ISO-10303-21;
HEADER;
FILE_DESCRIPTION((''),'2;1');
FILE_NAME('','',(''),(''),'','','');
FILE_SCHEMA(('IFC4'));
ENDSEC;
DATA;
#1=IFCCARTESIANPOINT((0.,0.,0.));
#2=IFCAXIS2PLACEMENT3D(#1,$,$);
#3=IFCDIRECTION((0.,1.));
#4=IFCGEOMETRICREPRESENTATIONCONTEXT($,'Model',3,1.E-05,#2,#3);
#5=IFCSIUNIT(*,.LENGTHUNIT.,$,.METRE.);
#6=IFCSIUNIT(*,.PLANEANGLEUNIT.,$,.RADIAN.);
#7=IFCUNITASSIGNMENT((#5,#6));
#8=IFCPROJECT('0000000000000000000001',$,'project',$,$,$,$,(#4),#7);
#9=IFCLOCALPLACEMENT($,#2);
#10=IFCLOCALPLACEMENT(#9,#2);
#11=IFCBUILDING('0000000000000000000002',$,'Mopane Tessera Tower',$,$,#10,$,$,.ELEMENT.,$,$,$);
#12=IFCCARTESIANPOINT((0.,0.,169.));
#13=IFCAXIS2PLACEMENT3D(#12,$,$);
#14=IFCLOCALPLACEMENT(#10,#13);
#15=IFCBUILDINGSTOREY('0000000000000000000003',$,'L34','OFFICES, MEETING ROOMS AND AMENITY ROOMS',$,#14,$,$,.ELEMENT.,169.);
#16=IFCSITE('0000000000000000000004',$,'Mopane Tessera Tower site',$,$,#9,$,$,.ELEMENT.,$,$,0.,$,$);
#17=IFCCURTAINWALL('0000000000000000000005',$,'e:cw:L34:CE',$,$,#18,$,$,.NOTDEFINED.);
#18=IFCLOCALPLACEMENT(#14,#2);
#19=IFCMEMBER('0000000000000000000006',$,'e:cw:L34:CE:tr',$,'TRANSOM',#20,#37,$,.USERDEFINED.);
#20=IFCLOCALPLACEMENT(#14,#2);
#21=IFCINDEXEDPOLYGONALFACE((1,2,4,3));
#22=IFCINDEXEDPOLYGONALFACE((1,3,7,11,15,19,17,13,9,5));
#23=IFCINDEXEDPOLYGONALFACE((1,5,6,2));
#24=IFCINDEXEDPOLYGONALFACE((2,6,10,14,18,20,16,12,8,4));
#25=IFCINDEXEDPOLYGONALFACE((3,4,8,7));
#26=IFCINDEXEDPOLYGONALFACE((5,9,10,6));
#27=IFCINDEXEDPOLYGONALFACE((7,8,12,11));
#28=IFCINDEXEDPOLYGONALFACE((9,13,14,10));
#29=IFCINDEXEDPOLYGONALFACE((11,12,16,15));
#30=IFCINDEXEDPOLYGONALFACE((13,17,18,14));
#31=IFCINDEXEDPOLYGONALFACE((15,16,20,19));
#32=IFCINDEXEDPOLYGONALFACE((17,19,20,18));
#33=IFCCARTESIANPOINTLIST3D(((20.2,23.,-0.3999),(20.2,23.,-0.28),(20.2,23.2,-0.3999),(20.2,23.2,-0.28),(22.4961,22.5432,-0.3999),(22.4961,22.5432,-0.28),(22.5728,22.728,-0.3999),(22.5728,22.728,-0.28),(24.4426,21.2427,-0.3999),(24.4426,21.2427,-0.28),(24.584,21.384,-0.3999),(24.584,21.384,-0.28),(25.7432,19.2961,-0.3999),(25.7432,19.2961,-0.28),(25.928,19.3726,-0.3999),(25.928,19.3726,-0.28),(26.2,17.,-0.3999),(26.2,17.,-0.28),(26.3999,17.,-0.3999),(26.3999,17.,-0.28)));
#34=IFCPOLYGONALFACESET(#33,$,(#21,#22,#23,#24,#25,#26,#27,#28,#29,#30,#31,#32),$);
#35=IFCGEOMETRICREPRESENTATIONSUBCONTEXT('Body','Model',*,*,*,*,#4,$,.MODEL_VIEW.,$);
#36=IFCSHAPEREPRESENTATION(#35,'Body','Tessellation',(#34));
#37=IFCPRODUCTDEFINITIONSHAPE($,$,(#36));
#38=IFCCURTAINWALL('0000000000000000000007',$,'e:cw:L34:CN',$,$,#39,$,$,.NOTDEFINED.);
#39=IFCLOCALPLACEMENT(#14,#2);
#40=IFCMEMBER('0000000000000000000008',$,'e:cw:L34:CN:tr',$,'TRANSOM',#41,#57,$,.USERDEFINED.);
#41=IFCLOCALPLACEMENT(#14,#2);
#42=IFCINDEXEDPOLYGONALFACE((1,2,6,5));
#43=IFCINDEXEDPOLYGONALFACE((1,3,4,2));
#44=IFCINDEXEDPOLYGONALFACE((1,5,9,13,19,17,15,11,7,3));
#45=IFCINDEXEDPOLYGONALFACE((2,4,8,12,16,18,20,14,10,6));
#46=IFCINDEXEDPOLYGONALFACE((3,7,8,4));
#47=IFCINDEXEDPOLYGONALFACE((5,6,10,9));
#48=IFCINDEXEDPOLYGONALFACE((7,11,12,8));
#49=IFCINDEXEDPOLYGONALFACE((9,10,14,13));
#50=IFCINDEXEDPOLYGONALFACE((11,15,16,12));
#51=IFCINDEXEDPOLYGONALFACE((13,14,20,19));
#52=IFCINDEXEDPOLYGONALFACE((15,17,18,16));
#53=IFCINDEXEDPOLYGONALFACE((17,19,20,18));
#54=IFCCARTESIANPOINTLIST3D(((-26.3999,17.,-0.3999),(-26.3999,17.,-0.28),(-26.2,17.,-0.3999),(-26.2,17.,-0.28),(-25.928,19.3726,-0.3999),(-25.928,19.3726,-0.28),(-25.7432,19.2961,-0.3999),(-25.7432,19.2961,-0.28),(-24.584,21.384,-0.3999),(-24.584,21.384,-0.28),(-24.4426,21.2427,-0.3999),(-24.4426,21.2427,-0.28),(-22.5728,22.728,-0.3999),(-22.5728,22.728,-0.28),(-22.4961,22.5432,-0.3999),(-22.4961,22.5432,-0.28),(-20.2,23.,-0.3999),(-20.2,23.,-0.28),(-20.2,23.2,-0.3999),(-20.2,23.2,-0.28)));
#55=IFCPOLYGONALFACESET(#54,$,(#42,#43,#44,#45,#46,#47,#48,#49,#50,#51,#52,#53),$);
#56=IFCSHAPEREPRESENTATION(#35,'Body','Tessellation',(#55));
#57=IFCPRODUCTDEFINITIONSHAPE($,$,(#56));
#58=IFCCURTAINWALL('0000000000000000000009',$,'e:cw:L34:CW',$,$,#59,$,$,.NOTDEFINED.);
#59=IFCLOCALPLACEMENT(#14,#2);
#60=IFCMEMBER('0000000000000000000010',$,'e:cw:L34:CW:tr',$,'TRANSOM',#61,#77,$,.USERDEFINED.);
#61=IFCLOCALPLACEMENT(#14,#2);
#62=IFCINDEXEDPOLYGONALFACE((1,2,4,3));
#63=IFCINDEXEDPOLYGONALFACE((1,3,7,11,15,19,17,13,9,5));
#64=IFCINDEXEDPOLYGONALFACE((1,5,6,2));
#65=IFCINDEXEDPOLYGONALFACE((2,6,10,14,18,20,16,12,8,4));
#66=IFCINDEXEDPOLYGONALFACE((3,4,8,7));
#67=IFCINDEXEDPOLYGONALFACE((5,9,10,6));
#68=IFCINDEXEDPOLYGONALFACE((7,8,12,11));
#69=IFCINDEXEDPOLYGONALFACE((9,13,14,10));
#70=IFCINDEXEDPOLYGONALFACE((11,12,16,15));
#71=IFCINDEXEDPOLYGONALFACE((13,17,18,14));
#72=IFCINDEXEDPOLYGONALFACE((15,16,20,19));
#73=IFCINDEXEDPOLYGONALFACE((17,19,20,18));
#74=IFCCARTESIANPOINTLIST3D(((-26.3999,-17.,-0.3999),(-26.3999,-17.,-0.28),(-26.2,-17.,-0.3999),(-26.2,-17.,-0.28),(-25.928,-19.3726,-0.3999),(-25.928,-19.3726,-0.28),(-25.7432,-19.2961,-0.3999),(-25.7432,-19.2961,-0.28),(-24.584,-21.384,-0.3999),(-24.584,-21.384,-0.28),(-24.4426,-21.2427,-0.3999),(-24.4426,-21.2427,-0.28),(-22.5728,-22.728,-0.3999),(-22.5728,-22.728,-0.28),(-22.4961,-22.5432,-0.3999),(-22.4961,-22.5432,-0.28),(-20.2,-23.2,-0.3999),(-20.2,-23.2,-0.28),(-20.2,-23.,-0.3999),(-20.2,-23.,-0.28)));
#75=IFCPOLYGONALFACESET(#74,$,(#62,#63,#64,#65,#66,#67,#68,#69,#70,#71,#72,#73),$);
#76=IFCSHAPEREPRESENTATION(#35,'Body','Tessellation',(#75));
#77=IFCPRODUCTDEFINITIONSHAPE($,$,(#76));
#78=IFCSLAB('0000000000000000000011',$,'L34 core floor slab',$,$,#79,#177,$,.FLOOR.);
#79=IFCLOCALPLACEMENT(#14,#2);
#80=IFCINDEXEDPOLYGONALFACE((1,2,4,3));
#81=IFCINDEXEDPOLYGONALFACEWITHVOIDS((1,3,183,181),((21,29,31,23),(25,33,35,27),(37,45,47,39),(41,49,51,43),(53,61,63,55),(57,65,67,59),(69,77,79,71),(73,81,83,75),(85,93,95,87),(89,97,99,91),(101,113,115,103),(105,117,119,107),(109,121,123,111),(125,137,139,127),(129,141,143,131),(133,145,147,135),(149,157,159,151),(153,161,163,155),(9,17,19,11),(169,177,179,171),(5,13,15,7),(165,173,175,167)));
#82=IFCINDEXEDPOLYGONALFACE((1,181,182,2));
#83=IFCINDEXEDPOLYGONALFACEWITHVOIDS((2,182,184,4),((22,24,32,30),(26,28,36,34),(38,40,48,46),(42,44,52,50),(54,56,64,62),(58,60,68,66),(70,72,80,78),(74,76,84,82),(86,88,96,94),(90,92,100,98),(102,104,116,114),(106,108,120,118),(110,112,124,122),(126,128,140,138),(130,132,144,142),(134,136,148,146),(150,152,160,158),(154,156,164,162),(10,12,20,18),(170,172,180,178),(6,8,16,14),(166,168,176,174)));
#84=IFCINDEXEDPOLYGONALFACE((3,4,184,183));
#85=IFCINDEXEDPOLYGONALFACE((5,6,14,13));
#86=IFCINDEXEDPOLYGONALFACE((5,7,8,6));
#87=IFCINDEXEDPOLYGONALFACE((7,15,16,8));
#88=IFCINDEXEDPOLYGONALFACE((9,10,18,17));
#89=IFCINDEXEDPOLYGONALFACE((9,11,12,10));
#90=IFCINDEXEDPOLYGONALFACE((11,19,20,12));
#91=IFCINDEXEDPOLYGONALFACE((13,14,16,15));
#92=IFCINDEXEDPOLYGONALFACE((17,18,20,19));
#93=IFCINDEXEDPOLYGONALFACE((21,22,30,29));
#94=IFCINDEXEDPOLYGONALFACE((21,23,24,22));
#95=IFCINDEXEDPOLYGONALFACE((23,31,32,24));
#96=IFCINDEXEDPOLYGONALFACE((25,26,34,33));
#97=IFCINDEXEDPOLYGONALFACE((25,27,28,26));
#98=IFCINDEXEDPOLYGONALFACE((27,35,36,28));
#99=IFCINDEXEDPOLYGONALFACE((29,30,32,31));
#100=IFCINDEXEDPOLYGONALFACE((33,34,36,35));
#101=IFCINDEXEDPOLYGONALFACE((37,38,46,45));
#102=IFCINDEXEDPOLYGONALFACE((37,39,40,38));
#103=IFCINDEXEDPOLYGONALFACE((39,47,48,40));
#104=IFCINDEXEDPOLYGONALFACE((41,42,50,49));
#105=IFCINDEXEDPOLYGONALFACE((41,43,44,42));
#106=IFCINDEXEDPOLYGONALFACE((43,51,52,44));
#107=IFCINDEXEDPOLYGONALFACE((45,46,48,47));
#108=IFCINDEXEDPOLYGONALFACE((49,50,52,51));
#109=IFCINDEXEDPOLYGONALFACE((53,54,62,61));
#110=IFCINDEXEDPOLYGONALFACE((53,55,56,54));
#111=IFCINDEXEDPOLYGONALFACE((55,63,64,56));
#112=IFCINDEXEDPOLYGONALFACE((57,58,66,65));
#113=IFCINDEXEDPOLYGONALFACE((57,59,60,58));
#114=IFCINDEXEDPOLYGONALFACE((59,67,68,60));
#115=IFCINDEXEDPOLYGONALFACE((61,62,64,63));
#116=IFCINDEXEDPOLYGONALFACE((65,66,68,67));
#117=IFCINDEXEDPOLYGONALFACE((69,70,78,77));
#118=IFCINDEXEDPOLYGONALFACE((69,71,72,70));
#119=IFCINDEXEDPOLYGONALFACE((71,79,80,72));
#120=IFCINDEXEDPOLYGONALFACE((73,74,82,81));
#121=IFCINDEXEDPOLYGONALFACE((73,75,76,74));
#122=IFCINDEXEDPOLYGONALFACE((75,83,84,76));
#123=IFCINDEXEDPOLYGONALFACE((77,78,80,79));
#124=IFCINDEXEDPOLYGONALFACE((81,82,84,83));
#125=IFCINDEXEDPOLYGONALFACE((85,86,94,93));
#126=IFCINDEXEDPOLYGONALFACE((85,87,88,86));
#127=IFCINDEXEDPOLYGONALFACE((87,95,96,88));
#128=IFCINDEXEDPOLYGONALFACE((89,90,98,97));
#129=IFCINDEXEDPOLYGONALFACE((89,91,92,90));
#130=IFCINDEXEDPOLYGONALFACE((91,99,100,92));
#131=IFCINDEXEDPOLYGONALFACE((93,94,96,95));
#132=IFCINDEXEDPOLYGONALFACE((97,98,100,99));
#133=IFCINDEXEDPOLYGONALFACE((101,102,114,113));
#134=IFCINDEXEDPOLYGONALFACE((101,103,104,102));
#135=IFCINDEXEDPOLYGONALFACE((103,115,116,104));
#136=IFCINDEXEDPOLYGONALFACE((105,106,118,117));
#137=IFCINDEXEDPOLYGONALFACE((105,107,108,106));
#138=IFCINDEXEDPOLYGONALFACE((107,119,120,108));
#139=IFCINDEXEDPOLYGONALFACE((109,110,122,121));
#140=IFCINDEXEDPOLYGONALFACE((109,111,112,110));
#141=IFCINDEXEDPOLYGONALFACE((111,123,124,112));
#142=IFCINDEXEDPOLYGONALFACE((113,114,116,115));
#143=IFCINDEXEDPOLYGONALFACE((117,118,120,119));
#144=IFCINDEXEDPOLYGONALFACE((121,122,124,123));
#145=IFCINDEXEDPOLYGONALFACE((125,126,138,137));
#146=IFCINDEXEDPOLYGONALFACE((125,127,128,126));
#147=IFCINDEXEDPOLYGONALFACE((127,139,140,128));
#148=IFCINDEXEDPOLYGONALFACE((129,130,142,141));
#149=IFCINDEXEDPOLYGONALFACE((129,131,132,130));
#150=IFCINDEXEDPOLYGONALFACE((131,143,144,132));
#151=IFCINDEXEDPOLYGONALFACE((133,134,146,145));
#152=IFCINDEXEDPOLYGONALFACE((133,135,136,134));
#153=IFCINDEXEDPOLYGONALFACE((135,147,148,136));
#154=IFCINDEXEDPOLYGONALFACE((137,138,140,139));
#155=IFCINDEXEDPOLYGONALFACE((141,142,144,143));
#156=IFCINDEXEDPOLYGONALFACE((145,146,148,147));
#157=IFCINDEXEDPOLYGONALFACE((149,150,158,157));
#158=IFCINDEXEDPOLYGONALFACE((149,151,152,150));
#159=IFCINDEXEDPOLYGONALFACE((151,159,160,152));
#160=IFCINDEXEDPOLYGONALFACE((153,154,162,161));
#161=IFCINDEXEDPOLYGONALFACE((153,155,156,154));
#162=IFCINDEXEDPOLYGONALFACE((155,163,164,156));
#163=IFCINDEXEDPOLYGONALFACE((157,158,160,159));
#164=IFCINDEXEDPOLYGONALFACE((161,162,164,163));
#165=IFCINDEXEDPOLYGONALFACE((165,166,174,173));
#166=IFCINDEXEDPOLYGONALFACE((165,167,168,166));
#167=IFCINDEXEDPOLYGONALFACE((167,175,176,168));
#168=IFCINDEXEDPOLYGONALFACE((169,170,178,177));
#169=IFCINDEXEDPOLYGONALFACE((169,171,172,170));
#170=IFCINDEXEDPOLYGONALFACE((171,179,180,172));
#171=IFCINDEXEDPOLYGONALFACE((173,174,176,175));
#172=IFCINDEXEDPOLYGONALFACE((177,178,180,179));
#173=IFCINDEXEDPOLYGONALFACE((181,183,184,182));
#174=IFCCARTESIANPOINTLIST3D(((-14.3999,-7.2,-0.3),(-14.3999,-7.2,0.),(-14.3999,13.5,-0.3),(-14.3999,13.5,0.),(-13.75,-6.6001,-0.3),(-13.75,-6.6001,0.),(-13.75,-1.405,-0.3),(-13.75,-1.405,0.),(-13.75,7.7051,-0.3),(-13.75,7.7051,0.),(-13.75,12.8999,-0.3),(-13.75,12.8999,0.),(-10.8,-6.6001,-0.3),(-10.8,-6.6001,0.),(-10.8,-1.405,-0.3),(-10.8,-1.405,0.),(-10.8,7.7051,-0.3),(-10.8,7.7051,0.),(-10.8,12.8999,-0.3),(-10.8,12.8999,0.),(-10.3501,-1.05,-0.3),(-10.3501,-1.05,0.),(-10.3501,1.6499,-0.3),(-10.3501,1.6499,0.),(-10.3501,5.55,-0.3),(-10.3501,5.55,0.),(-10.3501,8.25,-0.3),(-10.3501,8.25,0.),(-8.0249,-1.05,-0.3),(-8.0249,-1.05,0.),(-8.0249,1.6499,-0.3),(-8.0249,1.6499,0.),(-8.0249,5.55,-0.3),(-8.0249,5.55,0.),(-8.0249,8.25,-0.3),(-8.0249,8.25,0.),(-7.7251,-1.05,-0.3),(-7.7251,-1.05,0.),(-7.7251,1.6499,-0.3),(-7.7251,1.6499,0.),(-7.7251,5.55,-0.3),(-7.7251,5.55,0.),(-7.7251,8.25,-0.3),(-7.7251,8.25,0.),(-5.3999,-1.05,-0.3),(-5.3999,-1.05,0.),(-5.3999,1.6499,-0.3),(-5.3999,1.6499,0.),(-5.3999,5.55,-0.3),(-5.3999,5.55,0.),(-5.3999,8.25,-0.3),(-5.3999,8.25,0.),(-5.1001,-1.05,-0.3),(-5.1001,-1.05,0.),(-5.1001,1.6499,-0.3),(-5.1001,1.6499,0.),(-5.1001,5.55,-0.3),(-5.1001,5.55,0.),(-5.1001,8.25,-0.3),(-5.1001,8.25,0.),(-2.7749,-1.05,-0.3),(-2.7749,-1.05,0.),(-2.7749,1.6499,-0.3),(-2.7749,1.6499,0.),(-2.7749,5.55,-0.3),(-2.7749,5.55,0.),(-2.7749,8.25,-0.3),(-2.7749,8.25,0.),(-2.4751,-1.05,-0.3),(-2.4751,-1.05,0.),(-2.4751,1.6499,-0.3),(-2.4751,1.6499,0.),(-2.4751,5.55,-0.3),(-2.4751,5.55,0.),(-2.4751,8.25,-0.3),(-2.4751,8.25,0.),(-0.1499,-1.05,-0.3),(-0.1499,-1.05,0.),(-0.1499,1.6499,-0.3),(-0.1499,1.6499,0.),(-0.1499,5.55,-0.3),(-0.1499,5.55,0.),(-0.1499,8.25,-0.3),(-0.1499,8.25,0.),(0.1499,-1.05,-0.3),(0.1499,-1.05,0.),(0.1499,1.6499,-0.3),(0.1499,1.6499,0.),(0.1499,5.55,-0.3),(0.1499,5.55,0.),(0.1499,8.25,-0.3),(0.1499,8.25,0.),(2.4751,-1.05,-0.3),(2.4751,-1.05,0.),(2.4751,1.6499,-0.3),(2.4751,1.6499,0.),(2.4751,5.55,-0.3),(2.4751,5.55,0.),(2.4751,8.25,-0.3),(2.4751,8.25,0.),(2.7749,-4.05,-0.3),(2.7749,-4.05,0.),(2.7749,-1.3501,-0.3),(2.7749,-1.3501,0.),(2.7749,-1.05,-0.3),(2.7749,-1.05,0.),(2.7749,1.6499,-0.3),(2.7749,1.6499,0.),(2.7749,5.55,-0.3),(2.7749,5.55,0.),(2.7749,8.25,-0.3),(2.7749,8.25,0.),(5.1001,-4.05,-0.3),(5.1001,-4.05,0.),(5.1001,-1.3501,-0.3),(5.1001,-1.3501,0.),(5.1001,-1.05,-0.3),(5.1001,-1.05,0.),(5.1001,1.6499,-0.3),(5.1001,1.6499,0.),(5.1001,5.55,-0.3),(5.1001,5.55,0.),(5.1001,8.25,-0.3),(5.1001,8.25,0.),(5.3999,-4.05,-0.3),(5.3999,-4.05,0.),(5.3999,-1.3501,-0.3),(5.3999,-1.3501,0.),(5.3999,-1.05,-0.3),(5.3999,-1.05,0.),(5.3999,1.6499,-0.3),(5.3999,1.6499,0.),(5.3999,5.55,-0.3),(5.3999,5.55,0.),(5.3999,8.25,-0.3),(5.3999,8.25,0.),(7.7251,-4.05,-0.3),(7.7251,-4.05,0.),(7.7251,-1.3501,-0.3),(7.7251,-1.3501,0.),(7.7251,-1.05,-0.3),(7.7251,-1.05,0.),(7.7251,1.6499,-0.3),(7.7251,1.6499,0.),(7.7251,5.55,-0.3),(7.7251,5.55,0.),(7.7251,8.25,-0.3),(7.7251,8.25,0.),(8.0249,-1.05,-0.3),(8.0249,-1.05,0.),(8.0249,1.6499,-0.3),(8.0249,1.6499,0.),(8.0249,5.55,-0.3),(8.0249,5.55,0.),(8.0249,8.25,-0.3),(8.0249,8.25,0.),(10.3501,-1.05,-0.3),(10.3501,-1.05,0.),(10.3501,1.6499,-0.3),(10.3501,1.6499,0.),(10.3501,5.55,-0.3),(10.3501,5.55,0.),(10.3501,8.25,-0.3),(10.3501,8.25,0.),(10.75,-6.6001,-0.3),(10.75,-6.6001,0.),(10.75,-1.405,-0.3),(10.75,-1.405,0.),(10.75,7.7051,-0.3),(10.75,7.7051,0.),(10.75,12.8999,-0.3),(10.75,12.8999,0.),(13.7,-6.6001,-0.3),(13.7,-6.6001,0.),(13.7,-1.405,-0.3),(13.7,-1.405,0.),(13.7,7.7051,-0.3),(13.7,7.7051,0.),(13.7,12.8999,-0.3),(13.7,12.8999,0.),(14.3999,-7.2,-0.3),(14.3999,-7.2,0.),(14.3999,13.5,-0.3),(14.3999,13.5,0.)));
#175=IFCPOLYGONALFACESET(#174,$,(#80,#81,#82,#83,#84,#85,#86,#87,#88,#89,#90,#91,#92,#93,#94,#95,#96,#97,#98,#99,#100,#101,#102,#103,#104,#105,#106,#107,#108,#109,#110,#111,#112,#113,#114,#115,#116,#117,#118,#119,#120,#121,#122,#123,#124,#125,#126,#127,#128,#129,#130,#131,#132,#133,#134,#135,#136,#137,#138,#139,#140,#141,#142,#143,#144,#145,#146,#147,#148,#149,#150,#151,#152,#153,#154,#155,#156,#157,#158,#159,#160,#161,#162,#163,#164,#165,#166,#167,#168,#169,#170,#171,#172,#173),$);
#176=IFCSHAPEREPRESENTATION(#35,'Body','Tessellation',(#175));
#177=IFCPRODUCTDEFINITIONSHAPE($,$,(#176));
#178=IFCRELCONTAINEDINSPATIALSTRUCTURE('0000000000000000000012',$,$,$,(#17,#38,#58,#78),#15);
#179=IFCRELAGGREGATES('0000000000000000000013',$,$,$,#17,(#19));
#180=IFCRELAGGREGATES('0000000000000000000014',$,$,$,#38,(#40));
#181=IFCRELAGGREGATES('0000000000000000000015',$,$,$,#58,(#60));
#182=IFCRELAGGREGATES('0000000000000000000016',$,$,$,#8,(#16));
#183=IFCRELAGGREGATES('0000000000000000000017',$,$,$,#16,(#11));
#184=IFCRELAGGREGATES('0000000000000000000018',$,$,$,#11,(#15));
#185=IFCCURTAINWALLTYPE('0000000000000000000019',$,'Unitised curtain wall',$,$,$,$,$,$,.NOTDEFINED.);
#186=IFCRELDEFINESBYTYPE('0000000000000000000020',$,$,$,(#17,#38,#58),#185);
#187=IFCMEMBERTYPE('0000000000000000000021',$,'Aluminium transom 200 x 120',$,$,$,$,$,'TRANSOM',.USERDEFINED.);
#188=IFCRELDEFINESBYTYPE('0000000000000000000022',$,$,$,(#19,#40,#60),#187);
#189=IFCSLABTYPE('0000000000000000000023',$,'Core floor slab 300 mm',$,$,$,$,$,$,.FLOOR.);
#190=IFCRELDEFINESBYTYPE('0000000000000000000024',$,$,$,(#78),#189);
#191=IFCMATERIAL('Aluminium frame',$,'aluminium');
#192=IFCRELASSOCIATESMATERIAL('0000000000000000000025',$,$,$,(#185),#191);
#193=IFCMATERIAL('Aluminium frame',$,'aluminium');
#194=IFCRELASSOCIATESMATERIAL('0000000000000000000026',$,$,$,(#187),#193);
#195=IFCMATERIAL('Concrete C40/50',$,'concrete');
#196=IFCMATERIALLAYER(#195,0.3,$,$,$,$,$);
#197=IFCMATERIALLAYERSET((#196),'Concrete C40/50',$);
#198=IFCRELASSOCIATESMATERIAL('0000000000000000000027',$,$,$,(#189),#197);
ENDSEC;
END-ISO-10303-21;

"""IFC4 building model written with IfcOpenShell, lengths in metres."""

from ifc_helpers import new_model, si_unit, direction, frame, origin, origin_2d, place, context, subcontext, project, spatial, polyline, rectangle, outline, extrude, material, layer, layer_set, material_profile, profile_set, type_object, element, aggregate, save


model = new_model("IFC4")

# Units and contexts
model_context = context("Model", 3, precision=1e-05, world=origin(), true_north=direction((0.0, 1.0)))
body_context = subcontext(model_context, "Body", "Model", "MODEL_VIEW")
ifc_project = project(units=[si_unit("LENGTHUNIT", "METRE"), si_unit("PLANEANGLEUNIT", "RADIAN")], contexts=[model_context])

# Site, building, storey
site_placement = place(None, origin())
site = spatial("IfcSite", under=ifc_project, at=site_placement, Name="Mopane Tessera Tower site", CompositionType="ELEMENT", RefElevation=0.0)
building_placement = place(site_placement, origin())
building = spatial("IfcBuilding", under=site, at=building_placement, Name="Mopane Tessera Tower", CompositionType="ELEMENT")
storey_placement = place(building_placement, frame((0.0, 0.0, 169.0)))
storey = spatial("IfcBuildingStorey", under=building, at=storey_placement, Name="L34", Description="OFFICES, MEETING ROOMS AND AMENITY ROOMS", CompositionType="ELEMENT", Elevation=169.0)

# Curtain walls, members
ifc_material_1 = material(Name="Aluminium frame", Category="aluminium")
curtain_wall_type = type_object("IfcCurtainWallType", Name="Unitised curtain wall", PredefinedType="NOTDEFINED", material=ifc_material_1)
curtain_wall_1_placement = place(storey_placement, origin())
curtain_wall_1 = element("IfcCurtainWall", 1, at=curtain_wall_1_placement, inside=storey, type_object=curtain_wall_type, Name="e:cw:L34:CE", PredefinedType="NOTDEFINED")
ifc_material_2 = material(Name="Aluminium frame", Category="aluminium")
ifc_material_profile = material_profile(ifc_material_2, rectangle(XDim=0.2, YDim=0.1201, at=origin_2d()))
ifc_profile_set = profile_set([ifc_material_profile], Name="Aluminium frame")
member_type = type_object("IfcMemberType", Name="Aluminium transom 200 x 120", ElementType="TRANSOM", PredefinedType="USERDEFINED", material=ifc_profile_set)
member_1_placement = place(storey_placement, frame((0.0, 0.0, -0.3999)))
member_1 = element("IfcMember", 2, at=member_1_placement, type_object=member_type, Name="e:cw:L34:CE:tr", ObjectType="TRANSOM", PredefinedType="USERDEFINED", context=body_context, shape_type="SweptSolid", body=[
    extrude(outline(polyline([(26.2, 17.0), (25.7432, 19.2961), (24.4426, 21.2427), (22.4961, 22.5432), (20.2, 23.0), (20.2, 23.2), (22.5728, 22.728), (24.584, 21.384), (25.928, 19.3726), (26.3999, 17.0), (26.2, 17.0)])), origin(), (0.0, 0.0, 1.0), 0.1199),
])
curtain_wall_2_placement = place(storey_placement, origin())
curtain_wall_2 = element("IfcCurtainWall", 3, at=curtain_wall_2_placement, inside=storey, type_object=curtain_wall_type, Name="e:cw:L34:CN", PredefinedType="NOTDEFINED")
member_2_placement = place(storey_placement, frame((0.0, 0.0, -0.3999)))
member_2 = element("IfcMember", 4, at=member_2_placement, type_object=member_type, Name="e:cw:L34:CN:tr", ObjectType="TRANSOM", PredefinedType="USERDEFINED", context=body_context, shape_type="SweptSolid", body=[
    extrude(outline(polyline([(-20.2, 23.0), (-22.4961, 22.5432), (-24.4426, 21.2427), (-25.7432, 19.2961), (-26.2, 17.0), (-26.3999, 17.0), (-25.928, 19.3726), (-24.584, 21.384), (-22.5728, 22.728), (-20.2, 23.2), (-20.2, 23.0)])), origin(), (0.0, 0.0, 1.0), 0.1199),
])
curtain_wall_3_placement = place(storey_placement, origin())
curtain_wall_3 = element("IfcCurtainWall", 5, at=curtain_wall_3_placement, inside=storey, type_object=curtain_wall_type, Name="e:cw:L34:CW", PredefinedType="NOTDEFINED")
member_3_placement = place(storey_placement, frame((0.0, 0.0, -0.3999)))
member_3 = element("IfcMember", 6, at=member_3_placement, type_object=member_type, Name="e:cw:L34:CW:tr", ObjectType="TRANSOM", PredefinedType="USERDEFINED", context=body_context, shape_type="SweptSolid", body=[
    extrude(outline(polyline([(-26.2, -17.0), (-25.7432, -19.2961), (-24.4426, -21.2427), (-22.4961, -22.5432), (-20.2, -23.0), (-20.2, -23.2), (-22.5728, -22.728), (-24.584, -21.384), (-25.928, -19.3726), (-26.3999, -17.0), (-26.2, -17.0)])), origin(), (0.0, 0.0, 1.0), 0.1199),
])

# Slab
ifc_material_3 = material(Name="Concrete C40/50", Category="concrete")
ifc_layer_1 = layer(ifc_material_3, 0.3)
ifc_layer_set_1 = layer_set([ifc_layer_1], Name="Concrete C40/50")
slab_type_1 = type_object("IfcSlabType", Name="Core floor slab 300 mm", PredefinedType="FLOOR", material=ifc_layer_set_1)
slab_1_placement = place(storey_placement, frame((0.0, 0.0, -0.3)))
element("IfcSlab", 7, at=slab_1_placement, inside=storey, type_object=slab_type_1, Name="L34 core floor slab", PredefinedType="FLOOR", context=body_context, shape_type="SweptSolid", body=[
    extrude(outline(polyline([(-14.3999, -7.2), (14.3999, -7.2), (14.3999, 13.5), (-14.3999, 13.5), (-14.3999, -7.2)]), holes=[polyline([(-10.3501, -1.05), (-8.0249, -1.05), (-8.0249, 1.6499), (-10.3501, 1.6499), (-10.3501, -1.05)]), polyline([(-7.7251, -1.05), (-5.3999, -1.05), (-5.3999, 1.6499), (-7.7251, 1.6499), (-7.7251, -1.05)]), polyline([(-5.1001, -1.05), (-2.7749, -1.05), (-2.7749, 1.6499), (-5.1001, 1.6499), (-5.1001, -1.05)]), polyline([(-2.4751, -1.05), (-0.1499, -1.05), (-0.1499, 1.6499), (-2.4751, 1.6499), (-2.4751, -1.05)]), polyline([(0.1499, -1.05), (2.4751, -1.05), (2.4751, 1.6499), (0.1499, 1.6499), (0.1499, -1.05)]), polyline([(2.7749, -1.05), (5.1001, -1.05), (5.1001, 1.6499), (2.7749, 1.6499), (2.7749, -1.05)]), polyline([(5.3999, -1.05), (7.7251, -1.05), (7.7251, 1.6499), (5.3999, 1.6499), (5.3999, -1.05)]), polyline([(8.0249, -1.05), (10.3501, -1.05), (10.3501, 1.6499), (8.0249, 1.6499), (8.0249, -1.05)]), polyline([(-10.3501, 5.55), (-8.0249, 5.55), (-8.0249, 8.25), (-10.3501, 8.25), (-10.3501, 5.55)]), polyline([(-7.7251, 5.55), (-5.3999, 5.55), (-5.3999, 8.25), (-7.7251, 8.25), (-7.7251, 5.55)]), polyline([(-5.1001, 5.55), (-2.7749, 5.55), (-2.7749, 8.25), (-5.1001, 8.25), (-5.1001, 5.55)]), polyline([(-2.4751, 5.55), (-0.1499, 5.55), (-0.1499, 8.25), (-2.4751, 8.25), (-2.4751, 5.55)]), polyline([(0.1499, 5.55), (2.4751, 5.55), (2.4751, 8.25), (0.1499, 8.25), (0.1499, 5.55)]), polyline([(2.7749, 5.55), (5.1001, 5.55), (5.1001, 8.25), (2.7749, 8.25), (2.7749, 5.55)]), polyline([(5.3999, 5.55), (7.7251, 5.55), (7.7251, 8.25), (5.3999, 8.25), (5.3999, 5.55)]), polyline([(8.0249, 5.55), (10.3501, 5.55), (10.3501, 8.25), (8.0249, 8.25), (8.0249, 5.55)]), polyline([(2.7749, -4.05), (5.1001, -4.05), (5.1001, -1.3501), (2.7749, -1.3501), (2.7749, -4.05)]), polyline([(5.3999, -4.05), (7.7251, -4.05), (7.7251, -1.3501), (5.3999, -1.3501), (5.3999, -4.05)]), polyline([(-13.75, -1.405), (-13.75, -6.6001), (-10.8, -6.6001), (-10.8, -1.405), (-13.75, -1.405)]), polyline([(-10.8, 7.7051), (-10.8, 12.8999), (-13.75, 12.8999), (-13.75, 7.7051), (-10.8, 7.7051)]), polyline([(10.75, -1.405), (10.75, -6.6001), (13.7, -6.6001), (13.7, -1.405), (10.75, -1.405)]), polyline([(13.7, 7.7051), (13.7, 12.8999), (10.75, 12.8999), (10.75, 7.7051), (13.7, 7.7051)])]), origin(), (0.0, 0.0, 1.0), 0.3),
])

aggregate(curtain_wall_1, [member_1])
aggregate(curtain_wall_2, [member_2])
aggregate(curtain_wall_3, [member_3])

save(model, "model.ifc")
